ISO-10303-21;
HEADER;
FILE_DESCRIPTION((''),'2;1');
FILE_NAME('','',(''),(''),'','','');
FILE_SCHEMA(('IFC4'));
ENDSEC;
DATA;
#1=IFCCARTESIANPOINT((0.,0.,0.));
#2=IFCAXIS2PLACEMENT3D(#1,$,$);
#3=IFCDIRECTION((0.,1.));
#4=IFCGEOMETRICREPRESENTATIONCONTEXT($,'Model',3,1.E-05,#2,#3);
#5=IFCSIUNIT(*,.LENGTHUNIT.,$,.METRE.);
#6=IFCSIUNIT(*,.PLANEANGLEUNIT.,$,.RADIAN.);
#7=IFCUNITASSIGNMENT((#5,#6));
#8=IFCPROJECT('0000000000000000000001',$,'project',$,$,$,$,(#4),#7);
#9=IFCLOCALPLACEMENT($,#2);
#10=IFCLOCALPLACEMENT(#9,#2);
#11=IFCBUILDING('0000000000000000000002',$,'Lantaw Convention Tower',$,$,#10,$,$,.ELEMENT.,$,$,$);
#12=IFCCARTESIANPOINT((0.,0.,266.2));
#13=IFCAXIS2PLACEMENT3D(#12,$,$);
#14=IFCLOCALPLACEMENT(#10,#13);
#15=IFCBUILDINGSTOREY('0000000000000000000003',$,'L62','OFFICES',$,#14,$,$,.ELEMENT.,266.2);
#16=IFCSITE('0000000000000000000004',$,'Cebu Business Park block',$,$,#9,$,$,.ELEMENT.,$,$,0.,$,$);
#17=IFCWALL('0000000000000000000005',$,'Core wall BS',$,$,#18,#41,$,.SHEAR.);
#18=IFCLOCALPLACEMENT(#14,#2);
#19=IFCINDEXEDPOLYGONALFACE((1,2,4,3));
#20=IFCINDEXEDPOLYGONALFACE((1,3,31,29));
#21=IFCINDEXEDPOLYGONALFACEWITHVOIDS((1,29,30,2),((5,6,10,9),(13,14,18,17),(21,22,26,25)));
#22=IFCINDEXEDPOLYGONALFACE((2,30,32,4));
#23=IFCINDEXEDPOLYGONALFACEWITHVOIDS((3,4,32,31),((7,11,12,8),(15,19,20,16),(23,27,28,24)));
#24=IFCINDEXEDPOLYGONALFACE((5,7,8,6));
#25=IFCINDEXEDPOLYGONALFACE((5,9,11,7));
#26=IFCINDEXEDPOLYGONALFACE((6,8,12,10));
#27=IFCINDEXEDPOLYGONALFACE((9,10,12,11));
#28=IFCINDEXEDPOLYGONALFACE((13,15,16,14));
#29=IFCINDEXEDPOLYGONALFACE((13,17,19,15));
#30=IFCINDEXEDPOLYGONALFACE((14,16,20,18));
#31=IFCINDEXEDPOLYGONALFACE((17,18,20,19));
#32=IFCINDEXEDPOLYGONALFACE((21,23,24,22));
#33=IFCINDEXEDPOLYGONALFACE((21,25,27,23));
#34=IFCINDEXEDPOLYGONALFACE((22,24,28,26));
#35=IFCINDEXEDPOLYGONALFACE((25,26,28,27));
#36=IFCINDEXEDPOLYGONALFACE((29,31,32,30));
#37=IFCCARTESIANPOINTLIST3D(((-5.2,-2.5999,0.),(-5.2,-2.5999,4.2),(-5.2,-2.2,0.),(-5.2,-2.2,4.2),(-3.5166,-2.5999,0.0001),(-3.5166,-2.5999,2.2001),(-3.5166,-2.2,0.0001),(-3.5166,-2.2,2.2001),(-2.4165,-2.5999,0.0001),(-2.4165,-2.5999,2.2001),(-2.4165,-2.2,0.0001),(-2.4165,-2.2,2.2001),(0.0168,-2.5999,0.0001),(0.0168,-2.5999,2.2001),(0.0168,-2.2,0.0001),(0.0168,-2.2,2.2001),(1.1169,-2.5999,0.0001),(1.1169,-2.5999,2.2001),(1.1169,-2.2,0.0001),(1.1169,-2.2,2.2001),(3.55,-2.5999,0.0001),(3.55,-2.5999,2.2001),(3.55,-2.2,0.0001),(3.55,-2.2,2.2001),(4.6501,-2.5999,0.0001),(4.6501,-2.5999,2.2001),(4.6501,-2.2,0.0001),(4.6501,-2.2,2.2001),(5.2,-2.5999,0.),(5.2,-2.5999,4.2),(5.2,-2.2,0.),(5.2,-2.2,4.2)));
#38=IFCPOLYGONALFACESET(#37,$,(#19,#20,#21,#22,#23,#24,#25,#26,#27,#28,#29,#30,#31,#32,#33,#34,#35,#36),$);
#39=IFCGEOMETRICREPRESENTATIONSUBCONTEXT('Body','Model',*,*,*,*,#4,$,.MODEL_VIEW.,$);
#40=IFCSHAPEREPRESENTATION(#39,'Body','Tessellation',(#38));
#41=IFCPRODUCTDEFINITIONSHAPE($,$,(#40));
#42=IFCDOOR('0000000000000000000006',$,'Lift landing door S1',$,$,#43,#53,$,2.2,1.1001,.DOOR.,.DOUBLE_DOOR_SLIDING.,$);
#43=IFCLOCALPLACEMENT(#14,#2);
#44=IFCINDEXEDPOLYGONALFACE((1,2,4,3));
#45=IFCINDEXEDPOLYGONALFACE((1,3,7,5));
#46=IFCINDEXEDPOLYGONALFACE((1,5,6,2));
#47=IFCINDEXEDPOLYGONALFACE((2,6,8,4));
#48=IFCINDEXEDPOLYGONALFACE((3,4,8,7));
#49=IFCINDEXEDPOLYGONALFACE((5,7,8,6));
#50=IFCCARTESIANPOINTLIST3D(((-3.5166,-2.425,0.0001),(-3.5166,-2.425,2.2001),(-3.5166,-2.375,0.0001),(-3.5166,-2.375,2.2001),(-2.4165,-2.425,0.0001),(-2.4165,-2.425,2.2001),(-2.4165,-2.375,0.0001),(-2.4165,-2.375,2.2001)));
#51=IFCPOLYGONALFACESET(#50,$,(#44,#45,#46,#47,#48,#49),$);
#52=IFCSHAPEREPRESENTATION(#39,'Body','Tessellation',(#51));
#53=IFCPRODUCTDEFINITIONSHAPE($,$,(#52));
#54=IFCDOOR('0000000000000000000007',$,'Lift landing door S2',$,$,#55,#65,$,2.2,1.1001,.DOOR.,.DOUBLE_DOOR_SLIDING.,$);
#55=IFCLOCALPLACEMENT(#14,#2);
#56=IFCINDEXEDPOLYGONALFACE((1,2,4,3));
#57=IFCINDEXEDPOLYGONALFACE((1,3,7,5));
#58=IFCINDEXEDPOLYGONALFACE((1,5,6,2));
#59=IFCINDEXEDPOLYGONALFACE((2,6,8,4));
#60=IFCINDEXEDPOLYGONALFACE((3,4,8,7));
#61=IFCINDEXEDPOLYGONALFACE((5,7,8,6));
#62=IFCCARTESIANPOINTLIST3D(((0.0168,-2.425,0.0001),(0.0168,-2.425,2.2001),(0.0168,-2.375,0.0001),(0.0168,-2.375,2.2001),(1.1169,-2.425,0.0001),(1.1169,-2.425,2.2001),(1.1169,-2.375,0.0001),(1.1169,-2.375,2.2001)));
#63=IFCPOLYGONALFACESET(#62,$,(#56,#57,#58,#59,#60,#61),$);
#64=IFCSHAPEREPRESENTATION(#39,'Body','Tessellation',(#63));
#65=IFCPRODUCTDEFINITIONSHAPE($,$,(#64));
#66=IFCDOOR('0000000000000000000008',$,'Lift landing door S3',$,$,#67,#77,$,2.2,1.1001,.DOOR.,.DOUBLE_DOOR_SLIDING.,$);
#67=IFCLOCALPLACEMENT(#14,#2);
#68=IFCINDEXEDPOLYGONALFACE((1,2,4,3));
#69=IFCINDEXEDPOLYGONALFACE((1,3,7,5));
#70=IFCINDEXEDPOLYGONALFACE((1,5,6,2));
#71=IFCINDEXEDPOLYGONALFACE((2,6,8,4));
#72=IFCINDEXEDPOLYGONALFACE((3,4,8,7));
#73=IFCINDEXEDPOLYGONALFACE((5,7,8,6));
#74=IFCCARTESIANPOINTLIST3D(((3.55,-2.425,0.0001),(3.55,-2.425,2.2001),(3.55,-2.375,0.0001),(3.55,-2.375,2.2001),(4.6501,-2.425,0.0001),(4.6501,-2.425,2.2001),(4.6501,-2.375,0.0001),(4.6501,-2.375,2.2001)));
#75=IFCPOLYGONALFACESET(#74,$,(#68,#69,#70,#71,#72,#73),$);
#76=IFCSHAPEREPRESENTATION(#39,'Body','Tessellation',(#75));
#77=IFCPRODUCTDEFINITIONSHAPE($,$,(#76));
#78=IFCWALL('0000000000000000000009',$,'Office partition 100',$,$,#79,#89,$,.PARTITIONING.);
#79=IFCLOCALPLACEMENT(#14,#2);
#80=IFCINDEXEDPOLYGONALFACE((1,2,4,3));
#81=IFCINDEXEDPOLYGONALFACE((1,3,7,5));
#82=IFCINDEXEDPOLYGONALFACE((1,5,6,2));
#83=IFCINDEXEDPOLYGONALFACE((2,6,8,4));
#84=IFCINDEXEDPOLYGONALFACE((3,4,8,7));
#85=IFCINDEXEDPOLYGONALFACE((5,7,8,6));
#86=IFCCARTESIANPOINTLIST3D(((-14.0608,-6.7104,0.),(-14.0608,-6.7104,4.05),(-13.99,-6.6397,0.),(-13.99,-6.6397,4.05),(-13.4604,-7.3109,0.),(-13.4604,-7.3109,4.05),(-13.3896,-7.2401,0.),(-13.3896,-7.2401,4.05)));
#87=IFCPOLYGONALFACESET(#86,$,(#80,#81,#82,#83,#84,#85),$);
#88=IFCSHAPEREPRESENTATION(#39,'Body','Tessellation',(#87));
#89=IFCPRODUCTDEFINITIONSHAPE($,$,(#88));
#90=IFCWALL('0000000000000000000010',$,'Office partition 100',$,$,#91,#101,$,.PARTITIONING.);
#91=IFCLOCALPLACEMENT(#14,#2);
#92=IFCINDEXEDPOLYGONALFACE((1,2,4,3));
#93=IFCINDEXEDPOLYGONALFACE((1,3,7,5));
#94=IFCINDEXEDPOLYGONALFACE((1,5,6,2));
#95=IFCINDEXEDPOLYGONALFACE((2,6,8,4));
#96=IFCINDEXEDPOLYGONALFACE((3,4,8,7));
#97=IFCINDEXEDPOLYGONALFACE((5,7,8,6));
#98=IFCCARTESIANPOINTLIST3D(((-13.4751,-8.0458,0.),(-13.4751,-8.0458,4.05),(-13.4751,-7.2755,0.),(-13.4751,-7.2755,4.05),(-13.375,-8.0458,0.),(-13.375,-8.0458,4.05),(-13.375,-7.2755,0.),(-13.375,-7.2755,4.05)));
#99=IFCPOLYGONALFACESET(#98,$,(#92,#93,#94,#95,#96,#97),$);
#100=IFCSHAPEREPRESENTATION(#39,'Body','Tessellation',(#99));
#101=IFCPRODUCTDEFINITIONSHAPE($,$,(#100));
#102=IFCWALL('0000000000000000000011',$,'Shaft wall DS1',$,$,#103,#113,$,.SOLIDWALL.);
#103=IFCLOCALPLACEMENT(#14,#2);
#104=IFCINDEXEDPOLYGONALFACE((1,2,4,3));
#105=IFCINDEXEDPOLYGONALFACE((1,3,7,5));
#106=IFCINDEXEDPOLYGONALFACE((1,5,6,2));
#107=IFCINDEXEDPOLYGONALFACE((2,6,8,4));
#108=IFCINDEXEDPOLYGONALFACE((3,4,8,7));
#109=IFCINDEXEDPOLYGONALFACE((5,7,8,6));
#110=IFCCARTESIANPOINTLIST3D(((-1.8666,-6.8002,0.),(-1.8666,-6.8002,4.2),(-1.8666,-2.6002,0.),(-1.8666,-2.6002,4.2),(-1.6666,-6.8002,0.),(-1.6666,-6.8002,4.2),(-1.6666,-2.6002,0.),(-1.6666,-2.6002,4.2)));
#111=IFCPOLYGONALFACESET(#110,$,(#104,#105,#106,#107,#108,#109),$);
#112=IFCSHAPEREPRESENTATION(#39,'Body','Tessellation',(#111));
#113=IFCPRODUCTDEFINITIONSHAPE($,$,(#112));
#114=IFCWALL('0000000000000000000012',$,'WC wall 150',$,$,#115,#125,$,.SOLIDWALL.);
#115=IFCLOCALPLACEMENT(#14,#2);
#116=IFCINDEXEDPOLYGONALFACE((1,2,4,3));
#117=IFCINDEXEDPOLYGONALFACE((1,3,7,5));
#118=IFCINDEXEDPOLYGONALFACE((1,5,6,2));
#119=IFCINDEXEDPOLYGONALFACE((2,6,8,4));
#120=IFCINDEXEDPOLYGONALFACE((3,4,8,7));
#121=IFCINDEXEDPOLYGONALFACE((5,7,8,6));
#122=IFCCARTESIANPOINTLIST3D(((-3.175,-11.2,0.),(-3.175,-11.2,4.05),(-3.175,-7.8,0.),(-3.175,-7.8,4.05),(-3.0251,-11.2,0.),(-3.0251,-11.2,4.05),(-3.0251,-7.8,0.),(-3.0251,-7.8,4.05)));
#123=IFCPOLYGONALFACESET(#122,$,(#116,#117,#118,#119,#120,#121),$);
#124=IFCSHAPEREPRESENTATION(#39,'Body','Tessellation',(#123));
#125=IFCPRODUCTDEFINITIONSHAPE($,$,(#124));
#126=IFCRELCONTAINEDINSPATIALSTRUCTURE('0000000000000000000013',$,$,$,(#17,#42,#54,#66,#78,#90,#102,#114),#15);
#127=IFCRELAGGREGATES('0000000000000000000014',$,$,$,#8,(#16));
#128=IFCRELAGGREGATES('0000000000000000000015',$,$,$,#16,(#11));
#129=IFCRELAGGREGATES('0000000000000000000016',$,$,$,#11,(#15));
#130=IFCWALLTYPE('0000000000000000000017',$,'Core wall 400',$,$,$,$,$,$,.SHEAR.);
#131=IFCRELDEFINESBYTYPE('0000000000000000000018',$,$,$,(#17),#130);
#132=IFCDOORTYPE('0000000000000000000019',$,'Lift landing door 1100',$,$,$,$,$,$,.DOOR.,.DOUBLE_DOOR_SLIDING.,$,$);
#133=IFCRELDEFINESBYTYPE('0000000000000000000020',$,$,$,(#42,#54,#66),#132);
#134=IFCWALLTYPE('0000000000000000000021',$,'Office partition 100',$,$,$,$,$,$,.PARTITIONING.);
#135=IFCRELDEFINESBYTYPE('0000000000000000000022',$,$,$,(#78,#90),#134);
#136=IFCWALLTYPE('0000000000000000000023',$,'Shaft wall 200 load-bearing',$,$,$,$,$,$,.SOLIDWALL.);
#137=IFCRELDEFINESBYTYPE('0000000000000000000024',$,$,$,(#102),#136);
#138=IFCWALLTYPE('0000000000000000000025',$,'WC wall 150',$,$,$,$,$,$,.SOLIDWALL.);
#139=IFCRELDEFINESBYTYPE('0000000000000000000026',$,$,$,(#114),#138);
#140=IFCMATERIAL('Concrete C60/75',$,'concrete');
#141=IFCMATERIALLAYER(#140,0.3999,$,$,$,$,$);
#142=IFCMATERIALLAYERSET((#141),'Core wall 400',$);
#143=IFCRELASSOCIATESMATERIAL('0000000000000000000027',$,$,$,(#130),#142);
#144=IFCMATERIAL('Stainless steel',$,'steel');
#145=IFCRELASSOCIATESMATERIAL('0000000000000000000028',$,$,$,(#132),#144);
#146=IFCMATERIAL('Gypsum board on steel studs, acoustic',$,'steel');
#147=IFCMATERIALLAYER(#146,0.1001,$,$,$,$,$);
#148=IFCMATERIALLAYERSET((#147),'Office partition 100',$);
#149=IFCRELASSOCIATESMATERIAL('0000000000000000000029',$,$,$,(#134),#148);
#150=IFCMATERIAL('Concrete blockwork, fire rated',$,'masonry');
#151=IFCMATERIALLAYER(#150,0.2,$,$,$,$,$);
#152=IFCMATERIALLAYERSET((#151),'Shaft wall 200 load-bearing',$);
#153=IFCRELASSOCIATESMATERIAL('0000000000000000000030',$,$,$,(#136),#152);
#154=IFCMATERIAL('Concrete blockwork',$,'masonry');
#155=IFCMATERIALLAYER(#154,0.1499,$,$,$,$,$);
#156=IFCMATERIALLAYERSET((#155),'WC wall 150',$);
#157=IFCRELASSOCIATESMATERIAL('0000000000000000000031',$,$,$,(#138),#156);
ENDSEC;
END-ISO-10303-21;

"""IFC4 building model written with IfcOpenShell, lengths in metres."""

from ifc_helpers import new_model, si_unit, direction, frame, frame_2d, origin, place, context, subcontext, project, spatial, rectangle, extrude, material, layer, layer_set, type_object, element, fill, save


model = new_model("IFC4")

# Units and contexts
model_context = context("Model", 3, precision=1e-05, world=origin(), true_north=direction((0.0, 1.0)))
body_context = subcontext(model_context, "Body", "Model", "MODEL_VIEW")
ifc_project = project(units=[si_unit("LENGTHUNIT", "METRE"), si_unit("PLANEANGLEUNIT", "RADIAN")], contexts=[model_context])

# Site, building, storey
site_placement = place(None, origin())
site = spatial("IfcSite", under=ifc_project, at=site_placement, Name="Cebu Business Park block", CompositionType="ELEMENT", RefElevation=0.0)
building_placement = place(site_placement, origin())
building = spatial("IfcBuilding", under=site, at=building_placement, Name="Lantaw Convention Tower", CompositionType="ELEMENT")
storey_placement = place(building_placement, frame((0.0, 0.0, 266.2)))
storey = spatial("IfcBuildingStorey", under=building, at=storey_placement, Name="L62", Description="OFFICES", CompositionType="ELEMENT", Elevation=266.2)

# Shared definitions
ifc_material_1 = material(Name="Concrete C60/75", Category="concrete")

# Wall, openings, doors
ifc_layer_1 = layer(ifc_material_1, 0.3999)
ifc_layer_set_1 = layer_set([ifc_layer_1], Name="Core wall 400")
wall_type_1 = type_object("IfcWallType", Name="Core wall 400", PredefinedType="SHEAR", material=ifc_layer_set_1)
wall_1_placement = place(storey_placement, frame((-5.2, -2.3999, 0.0), z_axis=(0.0, 0.0, 1.0), x_axis=(1.0, 0.0, 0.0)))
wall_1 = element("IfcWall", 1, at=wall_1_placement, inside=storey, type_object=wall_type_1, Name="Core wall BS", PredefinedType="SHEAR", context=body_context, shape_type="SweptSolid", body=[
    extrude(rectangle(XDim=10.3999, YDim=0.3999, at=frame_2d((5.2, 0.0))), origin(), (0.0, 0.0, 1.0), 4.2),
])
opening_1_placement = place(wall_1_placement, frame((1.6833, 0.0, 0.0)))
opening_1 = element("IfcOpeningElement", 2, at=opening_1_placement, cuts=wall_1, PredefinedType="OPENING", context=body_context, shape_type="SweptSolid", body=[
    extrude(rectangle(XDim=1.1001, YDim=2.2, at=frame_2d((0.55, 1.1001))), frame((0.0, 0.21, 0.0), z_axis=(0.0, -1.0, 0.0), x_axis=(1.0, 0.0, 0.0)), (0.0, 0.0, 1.0), 0.4199),
])
opening_2_placement = place(wall_1_placement, frame((5.2168, 0.0, 0.0)))
opening_2 = element("IfcOpeningElement", 3, at=opening_2_placement, cuts=wall_1, PredefinedType="OPENING", context=body_context, shape_type="SweptSolid", body=[
    extrude(rectangle(XDim=1.1001, YDim=2.2, at=frame_2d((0.55, 1.1001))), frame((0.0, 0.21, 0.0), z_axis=(0.0, -1.0, 0.0), x_axis=(1.0, 0.0, 0.0)), (0.0, 0.0, 1.0), 0.4199),
])
opening_3_placement = place(wall_1_placement, frame((8.75, 0.0, 0.0)))
opening_3 = element("IfcOpeningElement", 4, at=opening_3_placement, cuts=wall_1, PredefinedType="OPENING", context=body_context, shape_type="SweptSolid", body=[
    extrude(rectangle(XDim=1.1001, YDim=2.2, at=frame_2d((0.55, 1.1001))), frame((0.0, 0.21, 0.0), z_axis=(0.0, -1.0, 0.0), x_axis=(1.0, 0.0, 0.0)), (0.0, 0.0, 1.0), 0.4199),
])
ifc_material_2 = material(Name="Stainless steel", Category="steel")
door_type_1 = type_object("IfcDoorType", Name="Lift landing door 1100", OperationType="DOUBLE_DOOR_SLIDING", PredefinedType="DOOR", material=ifc_material_2)
door_1_placement = place(opening_1_placement, origin())
door_1 = element("IfcDoor", 5, at=door_1_placement, inside=storey, type_object=door_type_1, Name="Lift landing door S1", OperationType="DOUBLE_DOOR_SLIDING", OverallHeight=2.2, OverallWidth=1.1001, PredefinedType="DOOR", context=body_context, shape_type="SweptSolid", body=[
    extrude(rectangle(XDim=1.1001, YDim=2.2, at=frame_2d((0.55, 1.1001))), frame((0.0, 0.0249, 0.0), z_axis=(0.0, -1.0, 0.0), x_axis=(1.0, 0.0, 0.0)), (0.0, 0.0, 1.0), 0.05),
])
fill(opening_1, door_1)
door_2_placement = place(opening_2_placement, origin())
door_2 = element("IfcDoor", 6, at=door_2_placement, inside=storey, type_object=door_type_1, Name="Lift landing door S2", OperationType="DOUBLE_DOOR_SLIDING", OverallHeight=2.2, OverallWidth=1.1001, PredefinedType="DOOR", context=body_context, shape_type="SweptSolid", body=[
    extrude(rectangle(XDim=1.1001, YDim=2.2, at=frame_2d((0.55, 1.1001))), frame((0.0, 0.0249, 0.0), z_axis=(0.0, -1.0, 0.0), x_axis=(1.0, 0.0, 0.0)), (0.0, 0.0, 1.0), 0.05),
])
fill(opening_2, door_2)
door_3_placement = place(opening_3_placement, origin())
door_3 = element("IfcDoor", 7, at=door_3_placement, inside=storey, type_object=door_type_1, Name="Lift landing door S3", OperationType="DOUBLE_DOOR_SLIDING", OverallHeight=2.2, OverallWidth=1.1001, PredefinedType="DOOR", context=body_context, shape_type="SweptSolid", body=[
    extrude(rectangle(XDim=1.1001, YDim=2.2, at=frame_2d((0.55, 1.1001))), frame((0.0, 0.0249, 0.0), z_axis=(0.0, -1.0, 0.0), x_axis=(1.0, 0.0, 0.0)), (0.0, 0.0, 1.0), 0.05),
])
fill(opening_3, door_3)

# Walls
ifc_material_3 = material(Name="Gypsum board on steel studs, acoustic", Category="steel")
ifc_layer_2 = layer(ifc_material_3, 0.1001)
ifc_layer_set_2 = layer_set([ifc_layer_2], Name="Office partition 100")
wall_type_2 = type_object("IfcWallType", Name="Office partition 100", PredefinedType="PARTITIONING", material=ifc_layer_set_2)
wall_2_placement = place(storey_placement, frame((-14.0254, -6.675, 0.0), z_axis=(0.0, 0.0, 1.0), x_axis=(0.707107, -0.707107, 0.0)))
element("IfcWall", 8, at=wall_2_placement, inside=storey, type_object=wall_type_2, Name="Office partition 100", PredefinedType="PARTITIONING", context=body_context, shape_type="SweptSolid", body=[
    extrude(rectangle(XDim=0.8491, YDim=0.1001, at=frame_2d((0.4246, 0.0))), origin(), (0.0, 0.0, 1.0), 4.05),
])
wall_3_placement = place(storey_placement, frame((-13.425, -7.2754, 0.0), z_axis=(0.0, 0.0, 1.0), x_axis=(0.0, -1.0, 0.0)))
element("IfcWall", 9, at=wall_3_placement, inside=storey, type_object=wall_type_2, Name="Office partition 100", PredefinedType="PARTITIONING", context=body_context, shape_type="SweptSolid", body=[
    extrude(rectangle(XDim=0.7703, YDim=0.1001, at=frame_2d((0.3853, 0.0))), origin(), (0.0, 0.0, 1.0), 4.05),
])
ifc_material_4 = material(Name="Concrete blockwork, fire rated", Category="masonry")
ifc_layer_3 = layer(ifc_material_4, 0.2)
ifc_layer_set_3 = layer_set([ifc_layer_3], Name="Shaft wall 200 load-bearing")
wall_type_3 = type_object("IfcWallType", Name="Shaft wall 200 load-bearing", PredefinedType="SOLIDWALL", material=ifc_layer_set_3)
wall_4_placement = place(storey_placement, frame((-1.7666, -2.6001, 0.0), z_axis=(0.0, 0.0, 1.0), x_axis=(0.0, -1.0, 0.0)))
element("IfcWall", 10, at=wall_4_placement, inside=storey, type_object=wall_type_3, Name="Shaft wall DS1", PredefinedType="SOLIDWALL", context=body_context, shape_type="SweptSolid", body=[
    extrude(rectangle(XDim=4.2, YDim=0.2, at=frame_2d((2.1001, 0.0))), origin(), (0.0, 0.0, 1.0), 4.2),
])
ifc_material_5 = material(Name="Concrete blockwork", Category="masonry")
ifc_layer_4 = layer(ifc_material_5, 0.1499)
ifc_layer_set_4 = layer_set([ifc_layer_4], Name="WC wall 150")
wall_type_4 = type_object("IfcWallType", Name="WC wall 150", PredefinedType="SOLIDWALL", material=ifc_layer_set_4)
wall_5_placement = place(storey_placement, frame((-3.1001, -7.8, 0.0), z_axis=(0.0, 0.0, 1.0), x_axis=(0.0, -1.0, 0.0)))
element("IfcWall", 11, at=wall_5_placement, inside=storey, type_object=wall_type_4, Name="WC wall 150", PredefinedType="SOLIDWALL", context=body_context, shape_type="SweptSolid", body=[
    extrude(rectangle(XDim=3.3999, YDim=0.1499, at=frame_2d((1.7, 0.0))), origin(), (0.0, 0.0, 1.0), 4.05),
])

save(model, "model.ifc")
